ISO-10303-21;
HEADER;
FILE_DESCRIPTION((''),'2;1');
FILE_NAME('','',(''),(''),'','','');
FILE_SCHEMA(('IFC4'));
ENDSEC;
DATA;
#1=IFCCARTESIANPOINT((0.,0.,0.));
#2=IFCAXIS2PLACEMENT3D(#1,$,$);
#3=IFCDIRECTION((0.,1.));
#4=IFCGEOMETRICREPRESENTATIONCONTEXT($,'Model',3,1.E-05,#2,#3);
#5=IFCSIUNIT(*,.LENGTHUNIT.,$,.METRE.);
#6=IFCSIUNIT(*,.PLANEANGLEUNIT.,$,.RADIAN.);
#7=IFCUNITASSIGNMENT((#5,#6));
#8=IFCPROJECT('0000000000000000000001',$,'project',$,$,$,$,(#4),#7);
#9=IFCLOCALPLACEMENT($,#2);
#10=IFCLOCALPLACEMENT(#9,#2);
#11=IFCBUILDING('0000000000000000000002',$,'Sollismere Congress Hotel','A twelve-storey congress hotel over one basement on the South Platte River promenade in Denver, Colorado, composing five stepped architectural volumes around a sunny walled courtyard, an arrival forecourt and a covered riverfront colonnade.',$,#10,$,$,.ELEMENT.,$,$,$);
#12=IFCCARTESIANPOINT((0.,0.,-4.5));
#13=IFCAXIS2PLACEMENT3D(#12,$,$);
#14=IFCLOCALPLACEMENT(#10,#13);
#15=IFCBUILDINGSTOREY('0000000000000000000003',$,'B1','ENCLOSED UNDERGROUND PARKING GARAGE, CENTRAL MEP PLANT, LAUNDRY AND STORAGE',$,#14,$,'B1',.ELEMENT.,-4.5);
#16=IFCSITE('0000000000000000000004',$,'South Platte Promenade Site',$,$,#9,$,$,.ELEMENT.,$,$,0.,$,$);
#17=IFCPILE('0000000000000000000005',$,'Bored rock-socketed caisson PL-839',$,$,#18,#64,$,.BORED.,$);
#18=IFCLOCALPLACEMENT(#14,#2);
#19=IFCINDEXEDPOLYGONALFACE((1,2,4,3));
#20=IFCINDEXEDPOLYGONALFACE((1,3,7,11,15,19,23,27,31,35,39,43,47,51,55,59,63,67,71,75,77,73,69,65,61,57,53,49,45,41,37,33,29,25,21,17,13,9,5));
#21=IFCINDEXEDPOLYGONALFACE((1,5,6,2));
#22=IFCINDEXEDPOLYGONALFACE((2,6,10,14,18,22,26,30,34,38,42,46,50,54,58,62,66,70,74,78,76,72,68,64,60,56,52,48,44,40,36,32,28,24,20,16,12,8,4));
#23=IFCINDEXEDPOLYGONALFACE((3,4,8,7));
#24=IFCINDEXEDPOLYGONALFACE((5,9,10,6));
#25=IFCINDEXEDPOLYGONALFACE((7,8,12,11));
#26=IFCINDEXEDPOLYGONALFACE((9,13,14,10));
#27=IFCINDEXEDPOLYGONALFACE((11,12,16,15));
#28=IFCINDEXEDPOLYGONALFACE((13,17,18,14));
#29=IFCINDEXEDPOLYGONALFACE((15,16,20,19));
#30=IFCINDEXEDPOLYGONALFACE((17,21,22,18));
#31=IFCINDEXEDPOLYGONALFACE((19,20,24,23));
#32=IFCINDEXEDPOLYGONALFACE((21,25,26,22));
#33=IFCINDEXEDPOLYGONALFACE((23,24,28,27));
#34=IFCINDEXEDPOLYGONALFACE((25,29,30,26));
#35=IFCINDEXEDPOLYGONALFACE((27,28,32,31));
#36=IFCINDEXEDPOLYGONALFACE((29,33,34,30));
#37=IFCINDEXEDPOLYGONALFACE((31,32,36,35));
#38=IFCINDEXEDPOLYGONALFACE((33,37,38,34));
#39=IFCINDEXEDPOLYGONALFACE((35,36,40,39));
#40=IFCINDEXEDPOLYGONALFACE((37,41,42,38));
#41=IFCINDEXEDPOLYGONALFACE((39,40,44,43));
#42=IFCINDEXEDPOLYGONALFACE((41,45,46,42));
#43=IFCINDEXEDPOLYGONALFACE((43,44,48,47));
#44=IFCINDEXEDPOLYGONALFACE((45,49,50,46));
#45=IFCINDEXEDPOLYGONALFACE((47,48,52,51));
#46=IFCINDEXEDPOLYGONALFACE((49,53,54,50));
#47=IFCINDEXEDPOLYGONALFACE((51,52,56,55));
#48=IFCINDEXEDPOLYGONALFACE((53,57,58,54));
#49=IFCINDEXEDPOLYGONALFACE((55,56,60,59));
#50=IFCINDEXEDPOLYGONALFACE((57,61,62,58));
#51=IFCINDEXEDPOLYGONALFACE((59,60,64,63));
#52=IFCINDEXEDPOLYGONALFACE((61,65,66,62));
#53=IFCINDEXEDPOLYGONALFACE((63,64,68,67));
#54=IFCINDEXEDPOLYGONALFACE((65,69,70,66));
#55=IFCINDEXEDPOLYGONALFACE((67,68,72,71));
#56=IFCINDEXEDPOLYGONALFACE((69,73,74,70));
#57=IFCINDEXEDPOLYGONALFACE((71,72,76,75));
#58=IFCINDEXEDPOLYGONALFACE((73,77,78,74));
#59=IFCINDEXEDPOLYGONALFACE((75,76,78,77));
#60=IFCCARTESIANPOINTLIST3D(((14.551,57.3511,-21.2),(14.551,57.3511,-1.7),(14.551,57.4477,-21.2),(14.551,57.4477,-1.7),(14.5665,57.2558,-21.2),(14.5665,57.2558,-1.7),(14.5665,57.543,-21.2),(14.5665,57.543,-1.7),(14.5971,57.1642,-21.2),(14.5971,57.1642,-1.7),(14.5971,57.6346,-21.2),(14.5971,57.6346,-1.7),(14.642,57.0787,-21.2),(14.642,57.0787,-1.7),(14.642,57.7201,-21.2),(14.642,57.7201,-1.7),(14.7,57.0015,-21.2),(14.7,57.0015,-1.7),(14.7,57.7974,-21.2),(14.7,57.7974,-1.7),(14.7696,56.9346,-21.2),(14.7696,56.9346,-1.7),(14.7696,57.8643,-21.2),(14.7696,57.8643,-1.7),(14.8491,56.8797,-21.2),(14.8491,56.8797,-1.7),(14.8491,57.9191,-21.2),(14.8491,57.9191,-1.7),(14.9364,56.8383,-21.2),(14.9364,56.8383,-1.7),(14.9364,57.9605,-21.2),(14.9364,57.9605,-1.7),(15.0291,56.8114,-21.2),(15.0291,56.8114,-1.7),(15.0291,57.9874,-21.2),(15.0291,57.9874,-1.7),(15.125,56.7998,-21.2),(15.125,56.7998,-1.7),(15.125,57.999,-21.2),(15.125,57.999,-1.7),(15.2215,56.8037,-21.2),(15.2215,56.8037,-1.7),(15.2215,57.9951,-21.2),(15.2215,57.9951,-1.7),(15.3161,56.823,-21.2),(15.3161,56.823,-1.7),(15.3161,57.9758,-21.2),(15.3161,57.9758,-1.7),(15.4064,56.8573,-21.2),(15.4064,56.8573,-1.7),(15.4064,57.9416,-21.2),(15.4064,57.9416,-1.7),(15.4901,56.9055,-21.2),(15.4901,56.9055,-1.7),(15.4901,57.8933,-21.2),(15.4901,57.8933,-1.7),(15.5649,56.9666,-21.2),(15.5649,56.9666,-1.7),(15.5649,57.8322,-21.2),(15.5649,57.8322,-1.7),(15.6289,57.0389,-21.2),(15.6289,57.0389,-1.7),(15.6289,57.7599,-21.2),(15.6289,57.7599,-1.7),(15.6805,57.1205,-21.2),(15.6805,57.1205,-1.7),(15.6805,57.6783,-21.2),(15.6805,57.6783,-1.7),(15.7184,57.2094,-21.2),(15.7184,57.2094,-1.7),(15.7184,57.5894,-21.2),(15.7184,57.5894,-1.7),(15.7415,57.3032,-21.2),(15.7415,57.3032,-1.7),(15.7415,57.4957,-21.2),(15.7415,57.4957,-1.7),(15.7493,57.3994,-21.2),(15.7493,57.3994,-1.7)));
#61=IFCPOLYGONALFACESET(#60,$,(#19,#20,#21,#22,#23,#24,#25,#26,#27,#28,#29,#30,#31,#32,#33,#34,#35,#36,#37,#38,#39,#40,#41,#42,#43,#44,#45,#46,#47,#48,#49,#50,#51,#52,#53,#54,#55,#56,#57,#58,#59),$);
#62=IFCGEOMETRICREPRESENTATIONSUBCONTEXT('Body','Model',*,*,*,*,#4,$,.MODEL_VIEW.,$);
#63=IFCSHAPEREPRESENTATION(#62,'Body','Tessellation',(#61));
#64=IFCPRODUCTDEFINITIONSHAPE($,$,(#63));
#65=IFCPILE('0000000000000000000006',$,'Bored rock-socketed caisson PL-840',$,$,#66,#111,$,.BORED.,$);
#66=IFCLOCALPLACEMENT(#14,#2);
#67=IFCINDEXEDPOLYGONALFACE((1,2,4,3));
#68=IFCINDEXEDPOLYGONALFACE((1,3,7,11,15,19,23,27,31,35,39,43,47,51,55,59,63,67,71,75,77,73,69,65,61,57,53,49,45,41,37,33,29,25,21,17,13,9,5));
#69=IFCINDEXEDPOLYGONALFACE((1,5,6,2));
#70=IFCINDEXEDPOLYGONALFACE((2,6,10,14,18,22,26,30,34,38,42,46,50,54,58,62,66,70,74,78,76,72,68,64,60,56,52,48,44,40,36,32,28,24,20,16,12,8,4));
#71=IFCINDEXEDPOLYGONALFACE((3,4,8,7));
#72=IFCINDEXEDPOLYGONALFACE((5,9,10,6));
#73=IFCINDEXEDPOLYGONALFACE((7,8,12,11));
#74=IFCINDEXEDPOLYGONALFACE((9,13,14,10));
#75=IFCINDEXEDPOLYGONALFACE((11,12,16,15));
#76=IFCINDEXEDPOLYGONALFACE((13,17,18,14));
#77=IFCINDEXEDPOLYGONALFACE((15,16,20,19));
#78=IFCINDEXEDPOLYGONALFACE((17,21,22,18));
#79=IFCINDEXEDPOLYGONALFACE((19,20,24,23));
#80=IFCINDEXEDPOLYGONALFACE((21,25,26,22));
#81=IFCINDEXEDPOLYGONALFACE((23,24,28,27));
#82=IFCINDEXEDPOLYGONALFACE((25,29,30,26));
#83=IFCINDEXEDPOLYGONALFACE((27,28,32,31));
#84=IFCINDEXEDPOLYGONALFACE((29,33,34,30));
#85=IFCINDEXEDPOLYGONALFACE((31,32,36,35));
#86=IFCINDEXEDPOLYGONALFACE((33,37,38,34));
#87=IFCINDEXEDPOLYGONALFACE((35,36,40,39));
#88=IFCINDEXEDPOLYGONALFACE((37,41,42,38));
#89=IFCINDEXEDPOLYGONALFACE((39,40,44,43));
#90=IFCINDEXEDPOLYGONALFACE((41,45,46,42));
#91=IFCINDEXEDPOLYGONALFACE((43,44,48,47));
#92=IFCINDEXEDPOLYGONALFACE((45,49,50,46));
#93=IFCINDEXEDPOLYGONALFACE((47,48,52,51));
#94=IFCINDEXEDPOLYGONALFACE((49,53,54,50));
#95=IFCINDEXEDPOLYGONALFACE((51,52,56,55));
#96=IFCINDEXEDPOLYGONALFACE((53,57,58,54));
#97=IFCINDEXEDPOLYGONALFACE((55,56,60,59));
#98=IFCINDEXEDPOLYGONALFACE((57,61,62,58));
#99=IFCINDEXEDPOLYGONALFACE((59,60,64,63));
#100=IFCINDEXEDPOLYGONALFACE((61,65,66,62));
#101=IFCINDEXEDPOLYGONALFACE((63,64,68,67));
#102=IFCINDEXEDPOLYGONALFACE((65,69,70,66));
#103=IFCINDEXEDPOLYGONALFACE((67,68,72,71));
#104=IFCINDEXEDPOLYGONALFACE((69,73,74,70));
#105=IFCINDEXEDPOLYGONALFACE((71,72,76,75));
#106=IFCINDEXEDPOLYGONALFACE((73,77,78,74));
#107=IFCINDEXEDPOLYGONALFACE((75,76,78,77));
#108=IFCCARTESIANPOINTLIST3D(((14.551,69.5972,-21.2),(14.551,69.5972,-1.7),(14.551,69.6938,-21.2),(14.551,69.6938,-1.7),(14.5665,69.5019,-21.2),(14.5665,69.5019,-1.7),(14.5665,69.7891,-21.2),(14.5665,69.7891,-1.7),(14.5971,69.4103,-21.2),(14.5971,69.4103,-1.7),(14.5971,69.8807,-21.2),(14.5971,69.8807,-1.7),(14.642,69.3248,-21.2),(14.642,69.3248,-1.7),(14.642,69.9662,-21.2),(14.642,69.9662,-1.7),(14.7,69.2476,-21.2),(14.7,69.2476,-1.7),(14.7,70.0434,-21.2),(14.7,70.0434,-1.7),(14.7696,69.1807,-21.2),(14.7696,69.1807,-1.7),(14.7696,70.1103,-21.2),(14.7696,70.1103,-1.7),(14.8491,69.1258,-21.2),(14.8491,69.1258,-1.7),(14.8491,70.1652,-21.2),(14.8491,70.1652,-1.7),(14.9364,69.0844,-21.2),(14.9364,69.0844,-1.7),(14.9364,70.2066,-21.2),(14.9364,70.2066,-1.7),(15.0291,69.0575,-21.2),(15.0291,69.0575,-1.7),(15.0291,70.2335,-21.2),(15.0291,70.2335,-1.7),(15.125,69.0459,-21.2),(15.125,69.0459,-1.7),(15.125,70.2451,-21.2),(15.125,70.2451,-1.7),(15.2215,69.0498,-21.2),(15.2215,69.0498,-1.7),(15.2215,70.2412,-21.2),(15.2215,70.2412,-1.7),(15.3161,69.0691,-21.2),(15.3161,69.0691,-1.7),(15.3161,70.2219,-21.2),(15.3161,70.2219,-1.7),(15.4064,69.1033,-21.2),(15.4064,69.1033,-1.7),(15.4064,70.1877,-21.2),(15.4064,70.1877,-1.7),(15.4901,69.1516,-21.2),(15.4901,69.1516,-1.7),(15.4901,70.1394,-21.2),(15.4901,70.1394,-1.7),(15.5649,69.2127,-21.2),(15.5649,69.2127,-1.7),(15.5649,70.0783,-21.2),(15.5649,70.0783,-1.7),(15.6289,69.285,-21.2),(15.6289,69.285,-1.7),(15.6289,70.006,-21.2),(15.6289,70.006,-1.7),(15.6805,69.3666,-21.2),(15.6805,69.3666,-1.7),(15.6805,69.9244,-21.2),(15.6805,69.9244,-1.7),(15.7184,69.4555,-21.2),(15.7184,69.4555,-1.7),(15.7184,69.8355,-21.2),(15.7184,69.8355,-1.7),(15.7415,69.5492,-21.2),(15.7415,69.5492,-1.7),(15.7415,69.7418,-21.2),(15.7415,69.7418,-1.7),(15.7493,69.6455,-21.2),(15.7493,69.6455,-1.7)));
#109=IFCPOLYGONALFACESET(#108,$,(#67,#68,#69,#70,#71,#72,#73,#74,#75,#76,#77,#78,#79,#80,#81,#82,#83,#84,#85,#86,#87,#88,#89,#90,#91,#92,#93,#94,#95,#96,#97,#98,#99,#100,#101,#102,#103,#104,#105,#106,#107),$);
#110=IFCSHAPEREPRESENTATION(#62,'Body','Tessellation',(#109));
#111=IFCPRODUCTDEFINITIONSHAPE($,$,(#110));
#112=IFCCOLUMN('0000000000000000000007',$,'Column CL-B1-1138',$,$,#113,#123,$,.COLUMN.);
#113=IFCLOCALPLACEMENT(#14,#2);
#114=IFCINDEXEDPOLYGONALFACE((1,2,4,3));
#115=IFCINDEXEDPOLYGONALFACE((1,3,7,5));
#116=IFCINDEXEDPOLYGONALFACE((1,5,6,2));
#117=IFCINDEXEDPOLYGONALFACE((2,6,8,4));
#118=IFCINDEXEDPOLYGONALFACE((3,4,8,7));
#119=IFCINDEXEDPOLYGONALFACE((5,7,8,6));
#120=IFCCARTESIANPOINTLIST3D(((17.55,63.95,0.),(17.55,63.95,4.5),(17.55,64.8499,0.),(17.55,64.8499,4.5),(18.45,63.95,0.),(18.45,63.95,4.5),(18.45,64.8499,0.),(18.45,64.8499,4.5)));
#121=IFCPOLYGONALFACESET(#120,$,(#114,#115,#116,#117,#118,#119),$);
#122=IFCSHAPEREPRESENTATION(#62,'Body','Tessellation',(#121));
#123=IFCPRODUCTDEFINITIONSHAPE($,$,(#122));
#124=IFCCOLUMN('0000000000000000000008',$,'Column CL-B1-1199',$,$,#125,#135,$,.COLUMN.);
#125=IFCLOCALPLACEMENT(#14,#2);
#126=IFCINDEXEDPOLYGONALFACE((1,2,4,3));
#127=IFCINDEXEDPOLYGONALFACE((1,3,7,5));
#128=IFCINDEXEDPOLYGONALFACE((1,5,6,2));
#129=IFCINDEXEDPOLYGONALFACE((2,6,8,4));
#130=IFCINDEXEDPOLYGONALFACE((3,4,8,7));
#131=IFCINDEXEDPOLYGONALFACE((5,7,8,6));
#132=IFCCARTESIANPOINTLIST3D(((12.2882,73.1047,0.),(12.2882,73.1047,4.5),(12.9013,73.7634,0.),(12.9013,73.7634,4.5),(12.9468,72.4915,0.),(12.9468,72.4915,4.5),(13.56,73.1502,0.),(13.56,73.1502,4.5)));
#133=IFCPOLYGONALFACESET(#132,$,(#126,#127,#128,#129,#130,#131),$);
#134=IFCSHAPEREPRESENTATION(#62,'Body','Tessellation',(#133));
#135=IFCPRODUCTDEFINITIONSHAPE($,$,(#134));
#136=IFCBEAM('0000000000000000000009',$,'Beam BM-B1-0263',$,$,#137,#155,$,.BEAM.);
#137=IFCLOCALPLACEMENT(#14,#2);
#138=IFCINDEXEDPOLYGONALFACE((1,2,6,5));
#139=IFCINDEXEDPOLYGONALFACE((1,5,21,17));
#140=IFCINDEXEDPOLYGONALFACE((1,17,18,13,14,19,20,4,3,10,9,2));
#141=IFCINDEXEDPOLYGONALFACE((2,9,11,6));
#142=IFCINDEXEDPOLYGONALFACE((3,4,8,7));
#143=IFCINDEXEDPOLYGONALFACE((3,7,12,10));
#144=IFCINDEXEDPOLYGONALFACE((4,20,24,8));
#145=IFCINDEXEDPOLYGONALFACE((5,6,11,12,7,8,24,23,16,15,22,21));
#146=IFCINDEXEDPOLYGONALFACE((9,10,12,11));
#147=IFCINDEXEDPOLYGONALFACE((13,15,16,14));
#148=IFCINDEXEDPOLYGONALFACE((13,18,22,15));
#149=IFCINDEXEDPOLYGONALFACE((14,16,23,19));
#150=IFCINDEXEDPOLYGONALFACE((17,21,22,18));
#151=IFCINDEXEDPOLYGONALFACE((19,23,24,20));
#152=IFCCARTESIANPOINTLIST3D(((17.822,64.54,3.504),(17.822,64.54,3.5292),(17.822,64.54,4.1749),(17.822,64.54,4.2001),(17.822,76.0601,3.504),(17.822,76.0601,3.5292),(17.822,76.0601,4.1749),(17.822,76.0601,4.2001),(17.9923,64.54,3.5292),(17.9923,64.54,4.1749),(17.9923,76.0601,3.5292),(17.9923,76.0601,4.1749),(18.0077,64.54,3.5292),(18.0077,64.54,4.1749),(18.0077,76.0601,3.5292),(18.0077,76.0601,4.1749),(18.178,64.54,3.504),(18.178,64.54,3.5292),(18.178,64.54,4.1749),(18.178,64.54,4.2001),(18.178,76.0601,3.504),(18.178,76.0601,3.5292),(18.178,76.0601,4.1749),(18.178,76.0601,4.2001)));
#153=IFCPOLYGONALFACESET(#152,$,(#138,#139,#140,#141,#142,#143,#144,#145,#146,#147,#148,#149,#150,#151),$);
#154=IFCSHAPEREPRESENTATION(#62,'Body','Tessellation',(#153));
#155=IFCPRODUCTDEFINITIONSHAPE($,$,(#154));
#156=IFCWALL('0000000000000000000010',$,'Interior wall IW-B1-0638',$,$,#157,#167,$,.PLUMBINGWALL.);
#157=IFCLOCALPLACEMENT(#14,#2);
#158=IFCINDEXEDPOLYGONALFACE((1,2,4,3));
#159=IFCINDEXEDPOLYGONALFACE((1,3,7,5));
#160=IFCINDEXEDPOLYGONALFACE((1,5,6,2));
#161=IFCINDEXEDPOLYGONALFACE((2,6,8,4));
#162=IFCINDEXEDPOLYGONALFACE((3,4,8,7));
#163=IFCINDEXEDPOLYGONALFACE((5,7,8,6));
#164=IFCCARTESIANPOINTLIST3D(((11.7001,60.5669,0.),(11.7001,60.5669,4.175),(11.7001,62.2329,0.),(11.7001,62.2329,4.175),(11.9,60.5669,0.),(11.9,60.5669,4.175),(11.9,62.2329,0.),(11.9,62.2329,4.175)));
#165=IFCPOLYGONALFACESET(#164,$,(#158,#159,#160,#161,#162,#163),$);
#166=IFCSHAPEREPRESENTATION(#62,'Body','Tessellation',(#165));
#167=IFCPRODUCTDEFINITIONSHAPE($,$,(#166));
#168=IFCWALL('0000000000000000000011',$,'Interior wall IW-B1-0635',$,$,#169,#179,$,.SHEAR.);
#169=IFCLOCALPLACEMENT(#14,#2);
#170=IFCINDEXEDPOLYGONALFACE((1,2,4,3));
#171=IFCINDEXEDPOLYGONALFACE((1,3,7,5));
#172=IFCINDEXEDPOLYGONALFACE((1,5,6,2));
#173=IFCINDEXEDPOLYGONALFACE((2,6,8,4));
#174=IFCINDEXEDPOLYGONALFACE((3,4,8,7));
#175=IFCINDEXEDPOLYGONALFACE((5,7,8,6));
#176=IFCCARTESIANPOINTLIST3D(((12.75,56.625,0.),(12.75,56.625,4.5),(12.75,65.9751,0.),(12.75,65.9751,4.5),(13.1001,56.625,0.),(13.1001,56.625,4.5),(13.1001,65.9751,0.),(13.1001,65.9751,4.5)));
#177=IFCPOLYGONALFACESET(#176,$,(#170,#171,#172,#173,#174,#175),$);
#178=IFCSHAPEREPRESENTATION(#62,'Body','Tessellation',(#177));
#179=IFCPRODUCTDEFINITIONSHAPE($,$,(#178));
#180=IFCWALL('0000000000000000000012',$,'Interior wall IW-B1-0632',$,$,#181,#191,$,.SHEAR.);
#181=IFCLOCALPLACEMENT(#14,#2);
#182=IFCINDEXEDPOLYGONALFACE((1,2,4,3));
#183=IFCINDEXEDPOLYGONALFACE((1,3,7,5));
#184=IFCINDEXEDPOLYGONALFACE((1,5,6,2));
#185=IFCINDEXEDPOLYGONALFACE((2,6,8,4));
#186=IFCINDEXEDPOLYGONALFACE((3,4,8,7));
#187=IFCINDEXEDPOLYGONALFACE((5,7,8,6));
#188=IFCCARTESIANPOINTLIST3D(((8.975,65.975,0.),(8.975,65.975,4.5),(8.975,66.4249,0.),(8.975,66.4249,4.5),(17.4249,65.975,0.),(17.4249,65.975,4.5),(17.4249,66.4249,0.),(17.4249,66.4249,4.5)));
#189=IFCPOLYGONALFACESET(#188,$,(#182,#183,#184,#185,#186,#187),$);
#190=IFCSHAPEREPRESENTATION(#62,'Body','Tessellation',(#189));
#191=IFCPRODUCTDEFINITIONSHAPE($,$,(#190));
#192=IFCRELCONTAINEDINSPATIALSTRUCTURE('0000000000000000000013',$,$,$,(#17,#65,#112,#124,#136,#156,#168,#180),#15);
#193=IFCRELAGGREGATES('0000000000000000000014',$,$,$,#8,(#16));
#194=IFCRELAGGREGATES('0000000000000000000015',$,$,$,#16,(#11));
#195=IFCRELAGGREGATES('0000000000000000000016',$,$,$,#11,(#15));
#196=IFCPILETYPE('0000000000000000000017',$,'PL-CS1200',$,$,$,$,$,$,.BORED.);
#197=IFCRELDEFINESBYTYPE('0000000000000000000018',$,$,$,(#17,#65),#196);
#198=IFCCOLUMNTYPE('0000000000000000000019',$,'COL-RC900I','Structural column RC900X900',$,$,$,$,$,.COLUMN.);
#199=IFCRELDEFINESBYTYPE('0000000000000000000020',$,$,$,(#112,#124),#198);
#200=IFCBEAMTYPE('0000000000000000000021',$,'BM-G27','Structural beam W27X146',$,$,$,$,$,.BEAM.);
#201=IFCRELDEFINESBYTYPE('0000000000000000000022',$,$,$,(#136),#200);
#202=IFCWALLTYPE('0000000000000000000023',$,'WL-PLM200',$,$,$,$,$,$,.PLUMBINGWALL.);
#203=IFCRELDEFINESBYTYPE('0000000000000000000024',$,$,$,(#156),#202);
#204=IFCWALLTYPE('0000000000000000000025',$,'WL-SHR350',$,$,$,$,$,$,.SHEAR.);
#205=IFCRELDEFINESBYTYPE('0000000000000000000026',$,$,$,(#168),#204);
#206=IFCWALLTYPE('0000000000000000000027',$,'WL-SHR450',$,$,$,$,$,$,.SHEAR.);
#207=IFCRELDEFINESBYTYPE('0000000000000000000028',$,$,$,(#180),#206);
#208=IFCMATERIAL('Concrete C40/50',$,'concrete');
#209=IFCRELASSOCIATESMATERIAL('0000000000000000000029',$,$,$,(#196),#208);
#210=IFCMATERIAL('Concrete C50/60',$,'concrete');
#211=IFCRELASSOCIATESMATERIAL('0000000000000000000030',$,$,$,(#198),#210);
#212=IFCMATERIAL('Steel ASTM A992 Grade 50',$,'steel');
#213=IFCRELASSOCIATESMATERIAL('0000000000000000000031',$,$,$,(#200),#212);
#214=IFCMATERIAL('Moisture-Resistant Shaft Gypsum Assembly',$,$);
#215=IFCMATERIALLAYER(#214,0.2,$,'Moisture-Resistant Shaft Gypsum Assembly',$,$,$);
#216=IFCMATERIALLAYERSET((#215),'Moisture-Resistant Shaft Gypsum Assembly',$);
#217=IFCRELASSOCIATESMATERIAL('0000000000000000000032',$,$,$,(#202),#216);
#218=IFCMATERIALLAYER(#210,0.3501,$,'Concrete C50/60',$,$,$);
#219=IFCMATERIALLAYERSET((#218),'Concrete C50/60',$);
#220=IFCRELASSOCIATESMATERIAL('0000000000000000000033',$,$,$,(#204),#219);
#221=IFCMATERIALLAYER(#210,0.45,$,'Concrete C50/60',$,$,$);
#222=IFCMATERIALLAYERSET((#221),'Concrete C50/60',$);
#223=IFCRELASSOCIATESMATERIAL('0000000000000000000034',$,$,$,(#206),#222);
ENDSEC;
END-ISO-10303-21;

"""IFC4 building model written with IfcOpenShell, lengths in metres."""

from ifc_helpers import new_model, si_unit, direction, frame, frame_2d, origin, origin_2d, place, context, subcontext, project, spatial, rectangle, circle, i_section, extrude, material, layer, layer_set, material_profile, profile_set, type_object, element, save


model = new_model("IFC4")

# Units and contexts
model_context = context("Model", 3, precision=1e-05, world=origin(), true_north=direction((0.0, 1.0)))
body_context = subcontext(model_context, "Body", "Model", "MODEL_VIEW")
ifc_project = project(units=[si_unit("LENGTHUNIT", "METRE"), si_unit("PLANEANGLEUNIT", "RADIAN")], contexts=[model_context])

# Site, building, storey
site_placement = place(None, origin())
site = spatial("IfcSite", under=ifc_project, at=site_placement, Name="South Platte Promenade Site", CompositionType="ELEMENT", RefElevation=0.0)
building_placement = place(site_placement, origin())
building = spatial("IfcBuilding", under=site, at=building_placement, Name="Sollismere Congress Hotel", Description="A twelve-storey congress hotel over one basement on the South Platte River promenade in Denver, Colorado, composing five stepped architectural volumes around a sunny walled courtyard, an arrival forecourt and a covered riverfront colonnade.", CompositionType="ELEMENT")
storey_placement = place(building_placement, frame((0.0, 0.0, -4.5)))
storey = spatial("IfcBuildingStorey", under=building, at=storey_placement, Name="B1", Description="ENCLOSED UNDERGROUND PARKING GARAGE, CENTRAL MEP PLANT, LAUNDRY AND STORAGE", LongName="B1", CompositionType="ELEMENT", Elevation=-4.5)

# Shared definitions
ifc_material_1 = material(Name="Concrete C40/50", Category="concrete")

# Piles
ifc_material_profile_1 = material_profile(ifc_material_1, circle(Radius=0.6001, at=origin_2d()), Name="CAISSON1200")
ifc_profile_set_1 = profile_set([ifc_material_profile_1], Name="Concrete C40/50")
pile_type = type_object("IfcPileType", Name="PL-CS1200", PredefinedType="BORED", material=ifc_profile_set_1)
for number, where, z_axis, x_axis, name in (
    (1, (15.1492, 57.3994, -1.7), (0.0, 0.0, -1.0), (1.0, 0.0, 0.0), "Bored rock-socketed caisson PL-839"),
    (2, (15.1492, 69.6455, -1.7), (0.0, 0.0, -1.0), (1.0, 0.0, 0.0), "Bored rock-socketed caisson PL-840"),
):
    element("IfcPile", number, at=place(storey_placement, frame(where, z_axis=z_axis, x_axis=x_axis)), inside=storey, type_object=pile_type, Name=name, PredefinedType="BORED", context=body_context, shape_type="SweptSolid", body=[
        extrude(circle(Radius=0.6001, at=origin_2d()), origin(), (0.0, 0.0, 1.0), 19.5),
    ])

# Columns
ifc_material_2 = material(Name="Concrete C50/60", Category="concrete")
ifc_material_profile_2 = material_profile(ifc_material_2, rectangle(XDim=0.8999, YDim=0.8999, at=origin_2d()), Name="RC900X900")
ifc_profile_set_2 = profile_set([ifc_material_profile_2], Name="Concrete C50/60")
column_type = type_object("IfcColumnType", Name="COL-RC900I", Description="Structural column RC900X900", PredefinedType="COLUMN", material=ifc_profile_set_2)
for number, where, z_axis, x_axis, name in (
    (3, (18.0, 64.3999, 0.0), (0.0, 0.0, 1.0), (1.0, 0.0, 0.0), "Column CL-B1-1138"),
    (4, (12.9241, 73.1274, 0.0), (0.0, 0.0, 1.0), (-0.68136, -0.731949, 0.0), "Column CL-B1-1199"),
):
    element("IfcColumn", number, at=place(storey_placement, frame(where, z_axis=z_axis, x_axis=x_axis)), inside=storey, type_object=column_type, Name=name, PredefinedType="COLUMN", context=body_context, shape_type="SweptSolid", body=[
        extrude(rectangle(XDim=0.8999, YDim=0.8999, at=origin_2d()), origin(), (0.0, 0.0, 1.0), 4.5),
    ])

# Beam
ifc_material_3 = material(Name="Steel ASTM A992 Grade 50", Category="steel")
ifc_material_profile_3 = material_profile(ifc_material_3, i_section(OverallWidth=0.356, OverallDepth=0.696, WebThickness=0.0154, FlangeThickness=0.0251, at=origin_2d()), Name="W27X146")
ifc_profile_set_3 = profile_set([ifc_material_profile_3], Name="Steel ASTM A992 Grade 50")
beam_type = type_object("IfcBeamType", Name="BM-G27", Description="Structural beam W27X146", PredefinedType="BEAM", material=ifc_profile_set_3)
beam_placement = place(storey_placement, frame((18.0, 64.54, 3.8521), z_axis=(0.0, 1.0, 0.0), x_axis=(-1.0, 0.0, 0.0)))
element("IfcBeam", 5, at=beam_placement, inside=storey, type_object=beam_type, Name="Beam BM-B1-0263", PredefinedType="BEAM", context=body_context, shape_type="SweptSolid", body=[
    extrude(i_section(OverallWidth=0.356, OverallDepth=0.696, WebThickness=0.0154, FlangeThickness=0.0251, at=origin_2d()), origin(), (0.0, 0.0, 1.0), 11.52),
])

# Walls
ifc_material_4 = material(Name="Moisture-Resistant Shaft Gypsum Assembly")
ifc_layer_1 = layer(ifc_material_4, 0.2, Name="Moisture-Resistant Shaft Gypsum Assembly")
ifc_layer_set_1 = layer_set([ifc_layer_1], Name="Moisture-Resistant Shaft Gypsum Assembly")
wall_type_1 = type_object("IfcWallType", Name="WL-PLM200", PredefinedType="PLUMBINGWALL", material=ifc_layer_set_1)
wall_1_placement = place(storey_placement, frame((11.8, 60.5669, 0.0), z_axis=(0.0, 0.0, 1.0), x_axis=(0.0, 1.0, 0.0)))
element("IfcWall", 6, at=wall_1_placement, inside=storey, type_object=wall_type_1, Name="Interior wall IW-B1-0638", PredefinedType="PLUMBINGWALL", context=body_context, shape_type="SweptSolid", body=[
    extrude(rectangle(XDim=1.666, YDim=0.2, at=frame_2d((0.833, 0.0))), origin(), (0.0, 0.0, 1.0), 4.175),
])
ifc_layer_2 = layer(ifc_material_2, 0.3501, Name="Concrete C50/60")
ifc_layer_set_2 = layer_set([ifc_layer_2], Name="Concrete C50/60")
wall_type_2 = type_object("IfcWallType", Name="WL-SHR350", PredefinedType="SHEAR", material=ifc_layer_set_2)
wall_2_placement = place(storey_placement, frame((12.925, 56.625, 0.0), z_axis=(0.0, 0.0, 1.0), x_axis=(0.0, 1.0, 0.0)))
element("IfcWall", 7, at=wall_2_placement, inside=storey, type_object=wall_type_2, Name="Interior wall IW-B1-0635", PredefinedType="SHEAR", context=body_context, shape_type="SweptSolid", body=[
    extrude(rectangle(XDim=9.3501, YDim=0.3501, at=frame_2d((4.675, 0.0))), origin(), (0.0, 0.0, 1.0), 4.5),
])
ifc_layer_3 = layer(ifc_material_2, 0.45, Name="Concrete C50/60")
ifc_layer_set_3 = layer_set([ifc_layer_3], Name="Concrete C50/60")
wall_type_3 = type_object("IfcWallType", Name="WL-SHR450", PredefinedType="SHEAR", material=ifc_layer_set_3)
wall_3_placement = place(storey_placement, frame((17.425, 66.2, 0.0), z_axis=(0.0, 0.0, 1.0), x_axis=(-1.0, 0.0, 0.0)))
element("IfcWall", 8, at=wall_3_placement, inside=storey, type_object=wall_type_3, Name="Interior wall IW-B1-0632", PredefinedType="SHEAR", context=body_context, shape_type="SweptSolid", body=[
    extrude(rectangle(XDim=8.45, YDim=0.45, at=frame_2d((4.2251, 0.0))), origin(), (0.0, 0.0, 1.0), 4.5),
])

save(model, "model.ifc")
